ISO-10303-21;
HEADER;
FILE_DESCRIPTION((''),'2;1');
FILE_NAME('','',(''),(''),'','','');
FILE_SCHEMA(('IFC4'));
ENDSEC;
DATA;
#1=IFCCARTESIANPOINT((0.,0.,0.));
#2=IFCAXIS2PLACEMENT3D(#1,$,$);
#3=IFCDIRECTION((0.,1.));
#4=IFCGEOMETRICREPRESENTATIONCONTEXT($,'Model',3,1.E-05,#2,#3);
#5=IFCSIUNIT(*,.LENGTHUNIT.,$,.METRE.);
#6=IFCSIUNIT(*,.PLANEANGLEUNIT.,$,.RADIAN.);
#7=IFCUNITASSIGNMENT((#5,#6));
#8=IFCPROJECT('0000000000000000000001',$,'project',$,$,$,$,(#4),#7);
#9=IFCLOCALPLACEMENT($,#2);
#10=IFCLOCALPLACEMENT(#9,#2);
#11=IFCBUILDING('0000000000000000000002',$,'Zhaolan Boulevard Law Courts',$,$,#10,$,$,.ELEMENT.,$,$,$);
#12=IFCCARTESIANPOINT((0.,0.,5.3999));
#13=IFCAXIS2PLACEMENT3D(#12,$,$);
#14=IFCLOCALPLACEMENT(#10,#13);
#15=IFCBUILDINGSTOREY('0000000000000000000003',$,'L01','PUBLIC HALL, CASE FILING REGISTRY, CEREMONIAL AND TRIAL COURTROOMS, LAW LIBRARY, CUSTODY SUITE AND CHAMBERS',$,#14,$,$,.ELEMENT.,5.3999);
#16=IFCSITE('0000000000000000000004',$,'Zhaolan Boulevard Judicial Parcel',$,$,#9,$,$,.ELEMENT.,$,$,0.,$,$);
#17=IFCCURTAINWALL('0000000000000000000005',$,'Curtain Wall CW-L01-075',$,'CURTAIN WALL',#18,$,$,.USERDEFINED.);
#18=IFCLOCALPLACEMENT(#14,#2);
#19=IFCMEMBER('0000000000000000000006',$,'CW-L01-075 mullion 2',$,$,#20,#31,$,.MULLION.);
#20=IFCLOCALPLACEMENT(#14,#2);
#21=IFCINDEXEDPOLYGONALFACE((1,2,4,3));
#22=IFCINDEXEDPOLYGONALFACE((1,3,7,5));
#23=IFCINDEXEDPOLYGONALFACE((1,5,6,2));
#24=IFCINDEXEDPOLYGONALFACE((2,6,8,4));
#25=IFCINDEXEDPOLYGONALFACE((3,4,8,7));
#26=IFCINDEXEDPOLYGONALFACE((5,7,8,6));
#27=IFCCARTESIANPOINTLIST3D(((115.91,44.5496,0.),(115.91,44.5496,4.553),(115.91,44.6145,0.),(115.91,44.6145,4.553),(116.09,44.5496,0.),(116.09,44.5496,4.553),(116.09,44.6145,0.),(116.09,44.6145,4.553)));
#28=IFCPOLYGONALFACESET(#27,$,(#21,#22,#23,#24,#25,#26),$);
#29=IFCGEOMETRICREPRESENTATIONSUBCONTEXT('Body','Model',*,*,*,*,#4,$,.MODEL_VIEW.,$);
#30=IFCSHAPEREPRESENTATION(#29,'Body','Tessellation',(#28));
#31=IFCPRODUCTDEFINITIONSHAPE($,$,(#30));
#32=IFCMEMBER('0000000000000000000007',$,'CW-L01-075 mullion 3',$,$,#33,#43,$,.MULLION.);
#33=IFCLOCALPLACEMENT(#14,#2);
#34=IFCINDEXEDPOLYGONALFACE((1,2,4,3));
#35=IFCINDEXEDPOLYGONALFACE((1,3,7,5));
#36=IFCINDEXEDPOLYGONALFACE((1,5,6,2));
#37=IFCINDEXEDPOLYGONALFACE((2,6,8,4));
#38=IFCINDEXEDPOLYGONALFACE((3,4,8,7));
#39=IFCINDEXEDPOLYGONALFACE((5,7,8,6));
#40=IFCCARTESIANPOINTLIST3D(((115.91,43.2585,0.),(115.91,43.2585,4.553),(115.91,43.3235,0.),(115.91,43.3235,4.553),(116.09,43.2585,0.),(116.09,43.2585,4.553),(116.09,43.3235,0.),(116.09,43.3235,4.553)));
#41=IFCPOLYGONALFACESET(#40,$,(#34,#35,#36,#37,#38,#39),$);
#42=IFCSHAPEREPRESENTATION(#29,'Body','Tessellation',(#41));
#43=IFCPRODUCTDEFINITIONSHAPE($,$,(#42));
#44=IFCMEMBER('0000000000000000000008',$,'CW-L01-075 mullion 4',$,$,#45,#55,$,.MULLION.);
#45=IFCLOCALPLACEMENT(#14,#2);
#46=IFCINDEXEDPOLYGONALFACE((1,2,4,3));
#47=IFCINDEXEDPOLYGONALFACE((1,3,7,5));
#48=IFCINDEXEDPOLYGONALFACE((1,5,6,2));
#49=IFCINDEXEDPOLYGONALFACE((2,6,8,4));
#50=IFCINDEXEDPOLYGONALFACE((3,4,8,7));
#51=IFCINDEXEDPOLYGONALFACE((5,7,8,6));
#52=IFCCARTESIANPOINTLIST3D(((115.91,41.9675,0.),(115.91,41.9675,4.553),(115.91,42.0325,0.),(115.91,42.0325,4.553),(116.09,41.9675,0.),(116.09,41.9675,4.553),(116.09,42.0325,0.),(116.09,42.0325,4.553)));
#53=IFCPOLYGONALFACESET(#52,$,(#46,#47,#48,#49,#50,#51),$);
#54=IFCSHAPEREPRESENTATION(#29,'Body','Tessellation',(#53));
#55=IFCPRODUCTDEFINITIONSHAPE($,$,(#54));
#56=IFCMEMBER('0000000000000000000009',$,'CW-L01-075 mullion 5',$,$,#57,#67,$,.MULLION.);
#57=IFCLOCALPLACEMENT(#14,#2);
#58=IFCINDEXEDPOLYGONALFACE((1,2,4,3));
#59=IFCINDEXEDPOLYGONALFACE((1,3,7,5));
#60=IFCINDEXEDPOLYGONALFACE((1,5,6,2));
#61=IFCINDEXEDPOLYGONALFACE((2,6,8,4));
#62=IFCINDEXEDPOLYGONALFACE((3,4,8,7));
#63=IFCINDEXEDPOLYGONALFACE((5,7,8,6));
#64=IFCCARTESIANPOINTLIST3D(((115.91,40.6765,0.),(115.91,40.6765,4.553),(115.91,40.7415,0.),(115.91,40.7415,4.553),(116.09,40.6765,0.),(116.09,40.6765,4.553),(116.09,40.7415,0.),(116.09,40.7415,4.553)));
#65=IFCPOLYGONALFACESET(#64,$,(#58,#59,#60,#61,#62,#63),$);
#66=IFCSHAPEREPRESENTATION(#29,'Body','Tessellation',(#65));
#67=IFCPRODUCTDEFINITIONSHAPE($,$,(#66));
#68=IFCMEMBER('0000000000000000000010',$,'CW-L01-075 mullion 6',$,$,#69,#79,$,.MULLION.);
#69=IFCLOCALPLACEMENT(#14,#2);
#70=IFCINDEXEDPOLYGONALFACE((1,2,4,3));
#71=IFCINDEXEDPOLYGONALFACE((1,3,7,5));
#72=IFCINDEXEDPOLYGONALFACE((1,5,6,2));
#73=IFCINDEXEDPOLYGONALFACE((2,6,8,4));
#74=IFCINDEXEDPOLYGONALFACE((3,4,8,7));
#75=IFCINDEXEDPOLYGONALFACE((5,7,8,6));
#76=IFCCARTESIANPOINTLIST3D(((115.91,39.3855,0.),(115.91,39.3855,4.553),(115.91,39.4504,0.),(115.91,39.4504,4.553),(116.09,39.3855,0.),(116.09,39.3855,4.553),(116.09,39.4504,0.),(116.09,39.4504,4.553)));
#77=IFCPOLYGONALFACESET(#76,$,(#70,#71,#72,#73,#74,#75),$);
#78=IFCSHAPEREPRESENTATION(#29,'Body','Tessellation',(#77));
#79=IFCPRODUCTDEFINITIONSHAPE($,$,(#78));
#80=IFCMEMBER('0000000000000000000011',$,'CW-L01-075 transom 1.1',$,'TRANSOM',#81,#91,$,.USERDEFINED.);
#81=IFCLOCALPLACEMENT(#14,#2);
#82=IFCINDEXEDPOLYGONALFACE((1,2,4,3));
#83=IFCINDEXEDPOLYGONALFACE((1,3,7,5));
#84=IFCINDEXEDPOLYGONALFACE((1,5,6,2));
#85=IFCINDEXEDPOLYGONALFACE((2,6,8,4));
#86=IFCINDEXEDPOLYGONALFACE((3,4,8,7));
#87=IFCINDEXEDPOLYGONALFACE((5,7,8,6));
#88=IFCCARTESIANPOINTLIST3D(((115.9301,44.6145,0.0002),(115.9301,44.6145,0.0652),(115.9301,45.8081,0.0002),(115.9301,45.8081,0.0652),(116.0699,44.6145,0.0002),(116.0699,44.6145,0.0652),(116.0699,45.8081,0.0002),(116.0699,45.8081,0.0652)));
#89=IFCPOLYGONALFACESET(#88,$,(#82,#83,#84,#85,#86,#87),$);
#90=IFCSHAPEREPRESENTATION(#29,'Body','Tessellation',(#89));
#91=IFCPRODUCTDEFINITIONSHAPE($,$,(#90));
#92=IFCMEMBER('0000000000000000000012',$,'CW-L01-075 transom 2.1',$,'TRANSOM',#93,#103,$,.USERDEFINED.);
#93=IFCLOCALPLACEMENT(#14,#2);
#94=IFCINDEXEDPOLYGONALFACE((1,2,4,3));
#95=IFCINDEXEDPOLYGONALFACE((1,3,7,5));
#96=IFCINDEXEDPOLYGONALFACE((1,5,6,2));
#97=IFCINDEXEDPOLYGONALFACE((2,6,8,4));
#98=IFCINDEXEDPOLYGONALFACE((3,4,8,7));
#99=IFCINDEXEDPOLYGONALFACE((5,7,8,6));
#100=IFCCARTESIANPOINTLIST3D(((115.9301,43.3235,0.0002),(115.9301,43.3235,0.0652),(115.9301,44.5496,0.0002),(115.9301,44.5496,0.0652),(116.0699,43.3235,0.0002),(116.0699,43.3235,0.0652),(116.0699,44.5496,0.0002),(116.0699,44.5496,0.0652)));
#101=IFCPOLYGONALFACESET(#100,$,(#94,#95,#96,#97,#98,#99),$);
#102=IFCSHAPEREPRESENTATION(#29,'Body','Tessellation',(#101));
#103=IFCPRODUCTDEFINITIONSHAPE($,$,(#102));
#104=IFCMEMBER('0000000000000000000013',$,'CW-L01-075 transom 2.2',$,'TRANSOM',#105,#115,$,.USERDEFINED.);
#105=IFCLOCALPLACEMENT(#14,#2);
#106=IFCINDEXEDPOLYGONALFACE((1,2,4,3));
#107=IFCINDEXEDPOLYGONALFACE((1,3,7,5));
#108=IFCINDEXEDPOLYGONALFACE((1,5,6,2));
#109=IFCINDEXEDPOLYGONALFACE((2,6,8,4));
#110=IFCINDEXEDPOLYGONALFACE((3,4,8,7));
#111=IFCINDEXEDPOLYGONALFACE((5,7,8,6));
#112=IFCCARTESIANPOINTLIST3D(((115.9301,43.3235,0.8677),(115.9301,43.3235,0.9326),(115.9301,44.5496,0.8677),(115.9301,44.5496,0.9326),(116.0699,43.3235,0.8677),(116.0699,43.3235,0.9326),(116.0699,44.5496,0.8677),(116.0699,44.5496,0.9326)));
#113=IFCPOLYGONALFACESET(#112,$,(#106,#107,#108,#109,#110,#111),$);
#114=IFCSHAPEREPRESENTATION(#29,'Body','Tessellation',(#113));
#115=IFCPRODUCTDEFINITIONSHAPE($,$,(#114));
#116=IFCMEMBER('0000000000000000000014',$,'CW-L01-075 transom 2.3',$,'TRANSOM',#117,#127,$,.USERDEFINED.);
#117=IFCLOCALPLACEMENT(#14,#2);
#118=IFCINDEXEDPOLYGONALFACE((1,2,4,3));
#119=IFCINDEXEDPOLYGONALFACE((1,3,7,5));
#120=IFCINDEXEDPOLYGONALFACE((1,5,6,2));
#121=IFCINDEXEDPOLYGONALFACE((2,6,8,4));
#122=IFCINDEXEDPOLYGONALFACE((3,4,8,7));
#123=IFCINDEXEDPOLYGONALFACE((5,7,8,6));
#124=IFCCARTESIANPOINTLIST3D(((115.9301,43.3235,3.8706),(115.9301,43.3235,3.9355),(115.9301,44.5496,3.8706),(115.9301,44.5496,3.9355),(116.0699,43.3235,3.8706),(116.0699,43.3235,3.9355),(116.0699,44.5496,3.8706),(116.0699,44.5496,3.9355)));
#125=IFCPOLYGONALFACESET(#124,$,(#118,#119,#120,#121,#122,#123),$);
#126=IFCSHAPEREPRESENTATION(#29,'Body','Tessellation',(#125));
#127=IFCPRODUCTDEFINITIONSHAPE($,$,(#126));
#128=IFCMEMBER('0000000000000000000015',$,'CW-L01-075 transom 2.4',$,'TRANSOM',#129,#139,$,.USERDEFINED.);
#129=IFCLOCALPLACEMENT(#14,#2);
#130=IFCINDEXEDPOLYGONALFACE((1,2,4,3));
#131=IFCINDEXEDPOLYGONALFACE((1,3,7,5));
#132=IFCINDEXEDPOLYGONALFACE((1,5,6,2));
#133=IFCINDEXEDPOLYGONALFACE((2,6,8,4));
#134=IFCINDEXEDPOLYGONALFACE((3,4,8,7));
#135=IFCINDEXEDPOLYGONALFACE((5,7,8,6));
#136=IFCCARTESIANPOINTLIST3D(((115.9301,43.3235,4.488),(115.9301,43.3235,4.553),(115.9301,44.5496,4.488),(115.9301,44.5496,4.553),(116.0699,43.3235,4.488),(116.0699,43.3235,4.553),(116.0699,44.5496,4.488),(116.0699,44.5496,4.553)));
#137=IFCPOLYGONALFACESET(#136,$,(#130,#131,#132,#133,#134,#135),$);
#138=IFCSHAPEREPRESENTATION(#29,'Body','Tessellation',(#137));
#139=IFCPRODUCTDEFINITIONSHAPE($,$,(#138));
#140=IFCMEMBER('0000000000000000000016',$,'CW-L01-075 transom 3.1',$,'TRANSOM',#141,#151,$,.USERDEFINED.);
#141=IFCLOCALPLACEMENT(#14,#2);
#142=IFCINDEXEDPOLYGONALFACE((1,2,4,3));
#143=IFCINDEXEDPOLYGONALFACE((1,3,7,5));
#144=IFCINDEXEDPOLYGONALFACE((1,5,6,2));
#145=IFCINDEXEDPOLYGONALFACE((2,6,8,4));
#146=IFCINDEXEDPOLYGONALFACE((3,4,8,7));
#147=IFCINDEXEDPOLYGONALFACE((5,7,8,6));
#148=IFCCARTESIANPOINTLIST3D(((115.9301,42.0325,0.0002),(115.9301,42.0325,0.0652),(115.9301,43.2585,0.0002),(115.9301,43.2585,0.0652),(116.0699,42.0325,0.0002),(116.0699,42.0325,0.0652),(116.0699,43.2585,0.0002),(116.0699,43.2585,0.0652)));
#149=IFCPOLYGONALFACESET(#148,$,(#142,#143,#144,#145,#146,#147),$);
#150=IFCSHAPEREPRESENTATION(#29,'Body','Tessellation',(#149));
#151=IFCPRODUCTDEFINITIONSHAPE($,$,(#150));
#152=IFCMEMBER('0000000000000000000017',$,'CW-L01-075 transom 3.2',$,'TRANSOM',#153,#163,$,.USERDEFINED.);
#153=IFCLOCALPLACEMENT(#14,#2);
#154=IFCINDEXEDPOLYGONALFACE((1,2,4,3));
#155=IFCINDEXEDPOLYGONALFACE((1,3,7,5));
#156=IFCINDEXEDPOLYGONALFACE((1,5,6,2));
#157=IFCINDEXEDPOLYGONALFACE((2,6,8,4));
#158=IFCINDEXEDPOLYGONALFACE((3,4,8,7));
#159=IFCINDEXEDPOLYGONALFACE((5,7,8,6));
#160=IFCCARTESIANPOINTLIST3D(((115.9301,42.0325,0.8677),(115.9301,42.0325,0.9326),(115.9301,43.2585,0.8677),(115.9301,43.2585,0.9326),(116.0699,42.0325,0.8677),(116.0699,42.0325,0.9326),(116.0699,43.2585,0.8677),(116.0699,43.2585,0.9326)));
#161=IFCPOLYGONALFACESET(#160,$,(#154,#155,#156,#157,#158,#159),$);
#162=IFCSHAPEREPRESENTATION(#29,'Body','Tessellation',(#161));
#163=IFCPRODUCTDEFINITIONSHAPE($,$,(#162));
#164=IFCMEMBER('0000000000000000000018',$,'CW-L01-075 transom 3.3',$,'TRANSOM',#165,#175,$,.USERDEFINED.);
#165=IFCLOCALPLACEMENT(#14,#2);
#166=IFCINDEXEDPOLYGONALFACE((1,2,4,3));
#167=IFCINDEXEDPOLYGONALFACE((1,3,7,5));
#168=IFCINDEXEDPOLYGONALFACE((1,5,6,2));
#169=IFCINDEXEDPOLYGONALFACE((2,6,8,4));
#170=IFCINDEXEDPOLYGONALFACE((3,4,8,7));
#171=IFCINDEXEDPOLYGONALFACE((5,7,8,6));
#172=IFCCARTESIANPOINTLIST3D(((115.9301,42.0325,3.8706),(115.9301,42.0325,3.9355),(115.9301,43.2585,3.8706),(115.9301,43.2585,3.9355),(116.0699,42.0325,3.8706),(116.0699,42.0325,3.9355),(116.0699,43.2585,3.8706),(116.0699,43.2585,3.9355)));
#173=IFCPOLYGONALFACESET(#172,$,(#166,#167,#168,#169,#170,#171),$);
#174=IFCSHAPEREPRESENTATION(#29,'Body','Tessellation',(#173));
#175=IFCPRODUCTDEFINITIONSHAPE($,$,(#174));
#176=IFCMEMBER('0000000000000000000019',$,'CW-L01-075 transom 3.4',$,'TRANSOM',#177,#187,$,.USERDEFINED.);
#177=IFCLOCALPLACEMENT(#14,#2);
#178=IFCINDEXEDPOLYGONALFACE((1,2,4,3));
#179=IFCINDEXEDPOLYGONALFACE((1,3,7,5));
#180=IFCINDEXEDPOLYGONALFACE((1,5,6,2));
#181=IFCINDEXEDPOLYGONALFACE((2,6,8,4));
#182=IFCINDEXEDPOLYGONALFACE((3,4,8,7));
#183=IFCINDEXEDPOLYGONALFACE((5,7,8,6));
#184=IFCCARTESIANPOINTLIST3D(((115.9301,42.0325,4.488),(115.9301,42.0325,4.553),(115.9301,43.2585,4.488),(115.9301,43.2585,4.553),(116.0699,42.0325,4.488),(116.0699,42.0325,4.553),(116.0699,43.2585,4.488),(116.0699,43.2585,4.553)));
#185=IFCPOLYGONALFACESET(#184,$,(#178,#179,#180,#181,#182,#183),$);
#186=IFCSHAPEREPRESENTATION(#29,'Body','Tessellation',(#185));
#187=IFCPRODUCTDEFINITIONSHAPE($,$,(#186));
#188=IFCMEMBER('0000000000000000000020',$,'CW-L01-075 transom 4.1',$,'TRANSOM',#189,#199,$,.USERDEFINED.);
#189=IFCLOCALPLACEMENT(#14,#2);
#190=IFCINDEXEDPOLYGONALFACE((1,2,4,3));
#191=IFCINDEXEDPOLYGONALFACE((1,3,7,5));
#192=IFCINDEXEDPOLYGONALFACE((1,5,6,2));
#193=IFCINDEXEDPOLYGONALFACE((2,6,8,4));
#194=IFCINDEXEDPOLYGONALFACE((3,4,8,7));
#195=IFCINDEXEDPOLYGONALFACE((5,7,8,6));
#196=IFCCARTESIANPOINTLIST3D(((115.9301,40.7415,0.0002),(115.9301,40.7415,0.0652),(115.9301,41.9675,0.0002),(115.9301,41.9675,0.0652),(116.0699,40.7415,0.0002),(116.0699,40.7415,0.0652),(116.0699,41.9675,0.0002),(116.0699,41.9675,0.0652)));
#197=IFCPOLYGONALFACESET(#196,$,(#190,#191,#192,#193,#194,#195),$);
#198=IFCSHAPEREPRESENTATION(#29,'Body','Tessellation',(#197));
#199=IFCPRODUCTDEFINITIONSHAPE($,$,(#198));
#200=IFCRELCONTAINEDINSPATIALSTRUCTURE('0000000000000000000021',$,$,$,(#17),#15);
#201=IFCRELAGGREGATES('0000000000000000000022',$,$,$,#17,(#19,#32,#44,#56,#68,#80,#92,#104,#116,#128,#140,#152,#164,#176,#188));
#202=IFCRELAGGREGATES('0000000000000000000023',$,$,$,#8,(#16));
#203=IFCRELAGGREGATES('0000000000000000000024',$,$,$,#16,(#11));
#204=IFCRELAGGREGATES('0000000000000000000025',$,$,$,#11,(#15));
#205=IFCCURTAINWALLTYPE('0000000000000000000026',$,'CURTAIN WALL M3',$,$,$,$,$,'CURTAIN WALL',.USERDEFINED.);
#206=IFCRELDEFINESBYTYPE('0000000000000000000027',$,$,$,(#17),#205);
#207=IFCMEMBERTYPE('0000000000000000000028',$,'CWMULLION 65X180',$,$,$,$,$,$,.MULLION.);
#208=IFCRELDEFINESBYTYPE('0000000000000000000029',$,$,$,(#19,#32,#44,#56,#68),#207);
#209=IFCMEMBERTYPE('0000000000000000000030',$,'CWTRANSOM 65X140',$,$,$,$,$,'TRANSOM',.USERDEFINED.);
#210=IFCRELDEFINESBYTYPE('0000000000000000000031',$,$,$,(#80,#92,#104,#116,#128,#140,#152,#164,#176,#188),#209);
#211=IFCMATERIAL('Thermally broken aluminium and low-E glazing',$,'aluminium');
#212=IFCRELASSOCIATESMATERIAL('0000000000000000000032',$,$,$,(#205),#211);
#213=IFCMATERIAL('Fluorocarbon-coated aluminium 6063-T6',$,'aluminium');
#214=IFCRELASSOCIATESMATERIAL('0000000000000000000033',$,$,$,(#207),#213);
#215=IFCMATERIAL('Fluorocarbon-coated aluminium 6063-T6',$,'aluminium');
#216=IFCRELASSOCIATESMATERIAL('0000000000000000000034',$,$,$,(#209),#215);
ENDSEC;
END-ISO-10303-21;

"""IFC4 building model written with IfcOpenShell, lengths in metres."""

from ifc_helpers import new_model, si_unit, direction, frame, origin, origin_2d, place, context, subcontext, project, spatial, rectangle, extrude, material, material_profile, profile_set, type_object, element, aggregate, save


model = new_model("IFC4")

# Units and contexts
model_context = context("Model", 3, precision=1e-05, world=origin(), true_north=direction((0.0, 1.0)))
body_context = subcontext(model_context, "Body", "Model", "MODEL_VIEW")
ifc_project = project(units=[si_unit("LENGTHUNIT", "METRE"), si_unit("PLANEANGLEUNIT", "RADIAN")], contexts=[model_context])

# Site, building, storey
site_placement = place(None, origin())
site = spatial("IfcSite", under=ifc_project, at=site_placement, Name="Zhaolan Boulevard Judicial Parcel", CompositionType="ELEMENT", RefElevation=0.0)
building_placement = place(site_placement, origin())
building = spatial("IfcBuilding", under=site, at=building_placement, Name="Zhaolan Boulevard Law Courts", CompositionType="ELEMENT")
storey_placement = place(building_placement, frame((0.0, 0.0, 5.3999)))
storey = spatial("IfcBuildingStorey", under=building, at=storey_placement, Name="L01", Description="PUBLIC HALL, CASE FILING REGISTRY, CEREMONIAL AND TRIAL COURTROOMS, LAW LIBRARY, CUSTODY SUITE AND CHAMBERS", CompositionType="ELEMENT", Elevation=5.3999)

# Curtain wall, members
ifc_material_1 = material(Name="Thermally broken aluminium and low-E glazing", Category="aluminium")
curtain_wall_type = type_object("IfcCurtainWallType", Name="CURTAIN WALL M3", ElementType="CURTAIN WALL", PredefinedType="USERDEFINED", material=ifc_material_1)
curtain_wall_placement = place(storey_placement, origin())
curtain_wall = element("IfcCurtainWall", 1, at=curtain_wall_placement, inside=storey, type_object=curtain_wall_type, Name="Curtain Wall CW-L01-075", ObjectType="CURTAIN WALL", PredefinedType="USERDEFINED")
ifc_material_2 = material(Name="Fluorocarbon-coated aluminium 6063-T6", Category="aluminium")
ifc_material_profile_1 = material_profile(ifc_material_2, rectangle(XDim=0.1799, YDim=0.0649, at=origin_2d()), Name="AL65x180")
ifc_profile_set_1 = profile_set([ifc_material_profile_1], Name="Fluorocarbon-coated aluminium 6063-T6")
member_type_1 = type_object("IfcMemberType", Name="CWMULLION 65X180", PredefinedType="MULLION", material=ifc_profile_set_1)
member_1_placement = place(storey_placement, frame((116.0, 44.582, 0.0), z_axis=(0.0, 0.0, 1.0), x_axis=(1.0, 0.0, 0.0)))
member_1 = element("IfcMember", 2, at=member_1_placement, type_object=member_type_1, Name="CW-L01-075 mullion 2", PredefinedType="MULLION", context=body_context, shape_type="SweptSolid", body=[
    extrude(rectangle(XDim=0.1799, YDim=0.0649, at=origin_2d()), origin(), (0.0, 0.0, 1.0), 4.553),
])
member_2_placement = place(storey_placement, frame((116.0, 43.291, 0.0), z_axis=(0.0, 0.0, 1.0), x_axis=(1.0, 0.0, 0.0)))
member_2 = element("IfcMember", 3, at=member_2_placement, type_object=member_type_1, Name="CW-L01-075 mullion 3", PredefinedType="MULLION", context=body_context, shape_type="SweptSolid", body=[
    extrude(rectangle(XDim=0.1799, YDim=0.0649, at=origin_2d()), origin(), (0.0, 0.0, 1.0), 4.553),
])
member_3_placement = place(storey_placement, frame((116.0, 42.0, 0.0), z_axis=(0.0, 0.0, 1.0), x_axis=(1.0, 0.0, 0.0)))
member_3 = element("IfcMember", 4, at=member_3_placement, type_object=member_type_1, Name="CW-L01-075 mullion 4", PredefinedType="MULLION", context=body_context, shape_type="SweptSolid", body=[
    extrude(rectangle(XDim=0.1799, YDim=0.0649, at=origin_2d()), origin(), (0.0, 0.0, 1.0), 4.553),
])
member_4_placement = place(storey_placement, frame((116.0, 40.709, 0.0), z_axis=(0.0, 0.0, 1.0), x_axis=(1.0, 0.0, 0.0)))
member_4 = element("IfcMember", 5, at=member_4_placement, type_object=member_type_1, Name="CW-L01-075 mullion 5", PredefinedType="MULLION", context=body_context, shape_type="SweptSolid", body=[
    extrude(rectangle(XDim=0.1799, YDim=0.0649, at=origin_2d()), origin(), (0.0, 0.0, 1.0), 4.553),
])
member_5_placement = place(storey_placement, frame((116.0, 39.418, 0.0), z_axis=(0.0, 0.0, 1.0), x_axis=(1.0, 0.0, 0.0)))
member_5 = element("IfcMember", 6, at=member_5_placement, type_object=member_type_1, Name="CW-L01-075 mullion 6", PredefinedType="MULLION", context=body_context, shape_type="SweptSolid", body=[
    extrude(rectangle(XDim=0.1799, YDim=0.0649, at=origin_2d()), origin(), (0.0, 0.0, 1.0), 4.553),
])
ifc_material_3 = material(Name="Fluorocarbon-coated aluminium 6063-T6", Category="aluminium")
ifc_material_profile_2 = material_profile(ifc_material_3, rectangle(XDim=0.1399, YDim=0.0649, at=origin_2d()), Name="AL65x140")
ifc_profile_set_2 = profile_set([ifc_material_profile_2], Name="Fluorocarbon-coated aluminium 6063-T6")
member_type_2 = type_object("IfcMemberType", Name="CWTRANSOM 65X140", ElementType="TRANSOM", PredefinedType="USERDEFINED", material=ifc_profile_set_2)
member_6_placement = place(storey_placement, frame((116.0, 45.8081, 0.0327), z_axis=(0.0, -1.0, 0.0), x_axis=(1.0, 0.0, 0.0)))
member_6 = element("IfcMember", 7, at=member_6_placement, type_object=member_type_2, Name="CW-L01-075 transom 1.1", ObjectType="TRANSOM", PredefinedType="USERDEFINED", context=body_context, shape_type="SweptSolid", body=[
    extrude(rectangle(XDim=0.1399, YDim=0.0649, at=origin_2d()), origin(), (0.0, 0.0, 1.0), 1.1936),
])
member_7_placement = place(storey_placement, frame((116.0, 44.5496, 0.0327), z_axis=(0.0, -1.0, 0.0), x_axis=(1.0, 0.0, 0.0)))
member_7 = element("IfcMember", 8, at=member_7_placement, type_object=member_type_2, Name="CW-L01-075 transom 2.1", ObjectType="TRANSOM", PredefinedType="USERDEFINED", context=body_context, shape_type="SweptSolid", body=[
    extrude(rectangle(XDim=0.1399, YDim=0.0649, at=origin_2d()), origin(), (0.0, 0.0, 1.0), 1.2261),
])
member_8_placement = place(storey_placement, frame((116.0, 44.5496, 0.9001), z_axis=(0.0, -1.0, 0.0), x_axis=(1.0, 0.0, 0.0)))
member_8 = element("IfcMember", 9, at=member_8_placement, type_object=member_type_2, Name="CW-L01-075 transom 2.2", ObjectType="TRANSOM", PredefinedType="USERDEFINED", context=body_context, shape_type="SweptSolid", body=[
    extrude(rectangle(XDim=0.1399, YDim=0.0649, at=origin_2d()), origin(), (0.0, 0.0, 1.0), 1.2261),
])
member_9_placement = place(storey_placement, frame((116.0, 44.5496, 3.9031), z_axis=(0.0, -1.0, 0.0), x_axis=(1.0, 0.0, 0.0)))
member_9 = element("IfcMember", 10, at=member_9_placement, type_object=member_type_2, Name="CW-L01-075 transom 2.3", ObjectType="TRANSOM", PredefinedType="USERDEFINED", context=body_context, shape_type="SweptSolid", body=[
    extrude(rectangle(XDim=0.1399, YDim=0.0649, at=origin_2d()), origin(), (0.0, 0.0, 1.0), 1.2261),
])
member_10_placement = place(storey_placement, frame((116.0, 44.5496, 4.5205), z_axis=(0.0, -1.0, 0.0), x_axis=(1.0, 0.0, 0.0)))
member_10 = element("IfcMember", 11, at=member_10_placement, type_object=member_type_2, Name="CW-L01-075 transom 2.4", ObjectType="TRANSOM", PredefinedType="USERDEFINED", context=body_context, shape_type="SweptSolid", body=[
    extrude(rectangle(XDim=0.1399, YDim=0.0649, at=origin_2d()), origin(), (0.0, 0.0, 1.0), 1.2261),
])
member_11_placement = place(storey_placement, frame((116.0, 43.2585, 0.0327), z_axis=(0.0, -1.0, 0.0), x_axis=(1.0, 0.0, 0.0)))
member_11 = element("IfcMember", 12, at=member_11_placement, type_object=member_type_2, Name="CW-L01-075 transom 3.1", ObjectType="TRANSOM", PredefinedType="USERDEFINED", context=body_context, shape_type="SweptSolid", body=[
    extrude(rectangle(XDim=0.1399, YDim=0.0649, at=origin_2d()), origin(), (0.0, 0.0, 1.0), 1.2261),
])
member_12_placement = place(storey_placement, frame((116.0, 43.2585, 0.9001), z_axis=(0.0, -1.0, 0.0), x_axis=(1.0, 0.0, 0.0)))
member_12 = element("IfcMember", 13, at=member_12_placement, type_object=member_type_2, Name="CW-L01-075 transom 3.2", ObjectType="TRANSOM", PredefinedType="USERDEFINED", context=body_context, shape_type="SweptSolid", body=[
    extrude(rectangle(XDim=0.1399, YDim=0.0649, at=origin_2d()), origin(), (0.0, 0.0, 1.0), 1.2261),
])
member_13_placement = place(storey_placement, frame((116.0, 43.2585, 3.9031), z_axis=(0.0, -1.0, 0.0), x_axis=(1.0, 0.0, 0.0)))
member_13 = element("IfcMember", 14, at=member_13_placement, type_object=member_type_2, Name="CW-L01-075 transom 3.3", ObjectType="TRANSOM", PredefinedType="USERDEFINED", context=body_context, shape_type="SweptSolid", body=[
    extrude(rectangle(XDim=0.1399, YDim=0.0649, at=origin_2d()), origin(), (0.0, 0.0, 1.0), 1.2261),
])
member_14_placement = place(storey_placement, frame((116.0, 43.2585, 4.5205), z_axis=(0.0, -1.0, 0.0), x_axis=(1.0, 0.0, 0.0)))
member_14 = element("IfcMember", 15, at=member_14_placement, type_object=member_type_2, Name="CW-L01-075 transom 3.4", ObjectType="TRANSOM", PredefinedType="USERDEFINED", context=body_context, shape_type="SweptSolid", body=[
    extrude(rectangle(XDim=0.1399, YDim=0.0649, at=origin_2d()), origin(), (0.0, 0.0, 1.0), 1.2261),
])
member_15_placement = place(storey_placement, frame((116.0, 41.9675, 0.0327), z_axis=(0.0, -1.0, 0.0), x_axis=(1.0, 0.0, 0.0)))
member_15 = element("IfcMember", 16, at=member_15_placement, type_object=member_type_2, Name="CW-L01-075 transom 4.1", ObjectType="TRANSOM", PredefinedType="USERDEFINED", context=body_context, shape_type="SweptSolid", body=[
    extrude(rectangle(XDim=0.1399, YDim=0.0649, at=origin_2d()), origin(), (0.0, 0.0, 1.0), 1.2261),
])
aggregate(curtain_wall, [member_1, member_2, member_3, member_4, member_5, member_6, member_7, member_8, member_9, member_10, member_11, member_12, member_13, member_14, member_15])

save(model, "model.ifc")
